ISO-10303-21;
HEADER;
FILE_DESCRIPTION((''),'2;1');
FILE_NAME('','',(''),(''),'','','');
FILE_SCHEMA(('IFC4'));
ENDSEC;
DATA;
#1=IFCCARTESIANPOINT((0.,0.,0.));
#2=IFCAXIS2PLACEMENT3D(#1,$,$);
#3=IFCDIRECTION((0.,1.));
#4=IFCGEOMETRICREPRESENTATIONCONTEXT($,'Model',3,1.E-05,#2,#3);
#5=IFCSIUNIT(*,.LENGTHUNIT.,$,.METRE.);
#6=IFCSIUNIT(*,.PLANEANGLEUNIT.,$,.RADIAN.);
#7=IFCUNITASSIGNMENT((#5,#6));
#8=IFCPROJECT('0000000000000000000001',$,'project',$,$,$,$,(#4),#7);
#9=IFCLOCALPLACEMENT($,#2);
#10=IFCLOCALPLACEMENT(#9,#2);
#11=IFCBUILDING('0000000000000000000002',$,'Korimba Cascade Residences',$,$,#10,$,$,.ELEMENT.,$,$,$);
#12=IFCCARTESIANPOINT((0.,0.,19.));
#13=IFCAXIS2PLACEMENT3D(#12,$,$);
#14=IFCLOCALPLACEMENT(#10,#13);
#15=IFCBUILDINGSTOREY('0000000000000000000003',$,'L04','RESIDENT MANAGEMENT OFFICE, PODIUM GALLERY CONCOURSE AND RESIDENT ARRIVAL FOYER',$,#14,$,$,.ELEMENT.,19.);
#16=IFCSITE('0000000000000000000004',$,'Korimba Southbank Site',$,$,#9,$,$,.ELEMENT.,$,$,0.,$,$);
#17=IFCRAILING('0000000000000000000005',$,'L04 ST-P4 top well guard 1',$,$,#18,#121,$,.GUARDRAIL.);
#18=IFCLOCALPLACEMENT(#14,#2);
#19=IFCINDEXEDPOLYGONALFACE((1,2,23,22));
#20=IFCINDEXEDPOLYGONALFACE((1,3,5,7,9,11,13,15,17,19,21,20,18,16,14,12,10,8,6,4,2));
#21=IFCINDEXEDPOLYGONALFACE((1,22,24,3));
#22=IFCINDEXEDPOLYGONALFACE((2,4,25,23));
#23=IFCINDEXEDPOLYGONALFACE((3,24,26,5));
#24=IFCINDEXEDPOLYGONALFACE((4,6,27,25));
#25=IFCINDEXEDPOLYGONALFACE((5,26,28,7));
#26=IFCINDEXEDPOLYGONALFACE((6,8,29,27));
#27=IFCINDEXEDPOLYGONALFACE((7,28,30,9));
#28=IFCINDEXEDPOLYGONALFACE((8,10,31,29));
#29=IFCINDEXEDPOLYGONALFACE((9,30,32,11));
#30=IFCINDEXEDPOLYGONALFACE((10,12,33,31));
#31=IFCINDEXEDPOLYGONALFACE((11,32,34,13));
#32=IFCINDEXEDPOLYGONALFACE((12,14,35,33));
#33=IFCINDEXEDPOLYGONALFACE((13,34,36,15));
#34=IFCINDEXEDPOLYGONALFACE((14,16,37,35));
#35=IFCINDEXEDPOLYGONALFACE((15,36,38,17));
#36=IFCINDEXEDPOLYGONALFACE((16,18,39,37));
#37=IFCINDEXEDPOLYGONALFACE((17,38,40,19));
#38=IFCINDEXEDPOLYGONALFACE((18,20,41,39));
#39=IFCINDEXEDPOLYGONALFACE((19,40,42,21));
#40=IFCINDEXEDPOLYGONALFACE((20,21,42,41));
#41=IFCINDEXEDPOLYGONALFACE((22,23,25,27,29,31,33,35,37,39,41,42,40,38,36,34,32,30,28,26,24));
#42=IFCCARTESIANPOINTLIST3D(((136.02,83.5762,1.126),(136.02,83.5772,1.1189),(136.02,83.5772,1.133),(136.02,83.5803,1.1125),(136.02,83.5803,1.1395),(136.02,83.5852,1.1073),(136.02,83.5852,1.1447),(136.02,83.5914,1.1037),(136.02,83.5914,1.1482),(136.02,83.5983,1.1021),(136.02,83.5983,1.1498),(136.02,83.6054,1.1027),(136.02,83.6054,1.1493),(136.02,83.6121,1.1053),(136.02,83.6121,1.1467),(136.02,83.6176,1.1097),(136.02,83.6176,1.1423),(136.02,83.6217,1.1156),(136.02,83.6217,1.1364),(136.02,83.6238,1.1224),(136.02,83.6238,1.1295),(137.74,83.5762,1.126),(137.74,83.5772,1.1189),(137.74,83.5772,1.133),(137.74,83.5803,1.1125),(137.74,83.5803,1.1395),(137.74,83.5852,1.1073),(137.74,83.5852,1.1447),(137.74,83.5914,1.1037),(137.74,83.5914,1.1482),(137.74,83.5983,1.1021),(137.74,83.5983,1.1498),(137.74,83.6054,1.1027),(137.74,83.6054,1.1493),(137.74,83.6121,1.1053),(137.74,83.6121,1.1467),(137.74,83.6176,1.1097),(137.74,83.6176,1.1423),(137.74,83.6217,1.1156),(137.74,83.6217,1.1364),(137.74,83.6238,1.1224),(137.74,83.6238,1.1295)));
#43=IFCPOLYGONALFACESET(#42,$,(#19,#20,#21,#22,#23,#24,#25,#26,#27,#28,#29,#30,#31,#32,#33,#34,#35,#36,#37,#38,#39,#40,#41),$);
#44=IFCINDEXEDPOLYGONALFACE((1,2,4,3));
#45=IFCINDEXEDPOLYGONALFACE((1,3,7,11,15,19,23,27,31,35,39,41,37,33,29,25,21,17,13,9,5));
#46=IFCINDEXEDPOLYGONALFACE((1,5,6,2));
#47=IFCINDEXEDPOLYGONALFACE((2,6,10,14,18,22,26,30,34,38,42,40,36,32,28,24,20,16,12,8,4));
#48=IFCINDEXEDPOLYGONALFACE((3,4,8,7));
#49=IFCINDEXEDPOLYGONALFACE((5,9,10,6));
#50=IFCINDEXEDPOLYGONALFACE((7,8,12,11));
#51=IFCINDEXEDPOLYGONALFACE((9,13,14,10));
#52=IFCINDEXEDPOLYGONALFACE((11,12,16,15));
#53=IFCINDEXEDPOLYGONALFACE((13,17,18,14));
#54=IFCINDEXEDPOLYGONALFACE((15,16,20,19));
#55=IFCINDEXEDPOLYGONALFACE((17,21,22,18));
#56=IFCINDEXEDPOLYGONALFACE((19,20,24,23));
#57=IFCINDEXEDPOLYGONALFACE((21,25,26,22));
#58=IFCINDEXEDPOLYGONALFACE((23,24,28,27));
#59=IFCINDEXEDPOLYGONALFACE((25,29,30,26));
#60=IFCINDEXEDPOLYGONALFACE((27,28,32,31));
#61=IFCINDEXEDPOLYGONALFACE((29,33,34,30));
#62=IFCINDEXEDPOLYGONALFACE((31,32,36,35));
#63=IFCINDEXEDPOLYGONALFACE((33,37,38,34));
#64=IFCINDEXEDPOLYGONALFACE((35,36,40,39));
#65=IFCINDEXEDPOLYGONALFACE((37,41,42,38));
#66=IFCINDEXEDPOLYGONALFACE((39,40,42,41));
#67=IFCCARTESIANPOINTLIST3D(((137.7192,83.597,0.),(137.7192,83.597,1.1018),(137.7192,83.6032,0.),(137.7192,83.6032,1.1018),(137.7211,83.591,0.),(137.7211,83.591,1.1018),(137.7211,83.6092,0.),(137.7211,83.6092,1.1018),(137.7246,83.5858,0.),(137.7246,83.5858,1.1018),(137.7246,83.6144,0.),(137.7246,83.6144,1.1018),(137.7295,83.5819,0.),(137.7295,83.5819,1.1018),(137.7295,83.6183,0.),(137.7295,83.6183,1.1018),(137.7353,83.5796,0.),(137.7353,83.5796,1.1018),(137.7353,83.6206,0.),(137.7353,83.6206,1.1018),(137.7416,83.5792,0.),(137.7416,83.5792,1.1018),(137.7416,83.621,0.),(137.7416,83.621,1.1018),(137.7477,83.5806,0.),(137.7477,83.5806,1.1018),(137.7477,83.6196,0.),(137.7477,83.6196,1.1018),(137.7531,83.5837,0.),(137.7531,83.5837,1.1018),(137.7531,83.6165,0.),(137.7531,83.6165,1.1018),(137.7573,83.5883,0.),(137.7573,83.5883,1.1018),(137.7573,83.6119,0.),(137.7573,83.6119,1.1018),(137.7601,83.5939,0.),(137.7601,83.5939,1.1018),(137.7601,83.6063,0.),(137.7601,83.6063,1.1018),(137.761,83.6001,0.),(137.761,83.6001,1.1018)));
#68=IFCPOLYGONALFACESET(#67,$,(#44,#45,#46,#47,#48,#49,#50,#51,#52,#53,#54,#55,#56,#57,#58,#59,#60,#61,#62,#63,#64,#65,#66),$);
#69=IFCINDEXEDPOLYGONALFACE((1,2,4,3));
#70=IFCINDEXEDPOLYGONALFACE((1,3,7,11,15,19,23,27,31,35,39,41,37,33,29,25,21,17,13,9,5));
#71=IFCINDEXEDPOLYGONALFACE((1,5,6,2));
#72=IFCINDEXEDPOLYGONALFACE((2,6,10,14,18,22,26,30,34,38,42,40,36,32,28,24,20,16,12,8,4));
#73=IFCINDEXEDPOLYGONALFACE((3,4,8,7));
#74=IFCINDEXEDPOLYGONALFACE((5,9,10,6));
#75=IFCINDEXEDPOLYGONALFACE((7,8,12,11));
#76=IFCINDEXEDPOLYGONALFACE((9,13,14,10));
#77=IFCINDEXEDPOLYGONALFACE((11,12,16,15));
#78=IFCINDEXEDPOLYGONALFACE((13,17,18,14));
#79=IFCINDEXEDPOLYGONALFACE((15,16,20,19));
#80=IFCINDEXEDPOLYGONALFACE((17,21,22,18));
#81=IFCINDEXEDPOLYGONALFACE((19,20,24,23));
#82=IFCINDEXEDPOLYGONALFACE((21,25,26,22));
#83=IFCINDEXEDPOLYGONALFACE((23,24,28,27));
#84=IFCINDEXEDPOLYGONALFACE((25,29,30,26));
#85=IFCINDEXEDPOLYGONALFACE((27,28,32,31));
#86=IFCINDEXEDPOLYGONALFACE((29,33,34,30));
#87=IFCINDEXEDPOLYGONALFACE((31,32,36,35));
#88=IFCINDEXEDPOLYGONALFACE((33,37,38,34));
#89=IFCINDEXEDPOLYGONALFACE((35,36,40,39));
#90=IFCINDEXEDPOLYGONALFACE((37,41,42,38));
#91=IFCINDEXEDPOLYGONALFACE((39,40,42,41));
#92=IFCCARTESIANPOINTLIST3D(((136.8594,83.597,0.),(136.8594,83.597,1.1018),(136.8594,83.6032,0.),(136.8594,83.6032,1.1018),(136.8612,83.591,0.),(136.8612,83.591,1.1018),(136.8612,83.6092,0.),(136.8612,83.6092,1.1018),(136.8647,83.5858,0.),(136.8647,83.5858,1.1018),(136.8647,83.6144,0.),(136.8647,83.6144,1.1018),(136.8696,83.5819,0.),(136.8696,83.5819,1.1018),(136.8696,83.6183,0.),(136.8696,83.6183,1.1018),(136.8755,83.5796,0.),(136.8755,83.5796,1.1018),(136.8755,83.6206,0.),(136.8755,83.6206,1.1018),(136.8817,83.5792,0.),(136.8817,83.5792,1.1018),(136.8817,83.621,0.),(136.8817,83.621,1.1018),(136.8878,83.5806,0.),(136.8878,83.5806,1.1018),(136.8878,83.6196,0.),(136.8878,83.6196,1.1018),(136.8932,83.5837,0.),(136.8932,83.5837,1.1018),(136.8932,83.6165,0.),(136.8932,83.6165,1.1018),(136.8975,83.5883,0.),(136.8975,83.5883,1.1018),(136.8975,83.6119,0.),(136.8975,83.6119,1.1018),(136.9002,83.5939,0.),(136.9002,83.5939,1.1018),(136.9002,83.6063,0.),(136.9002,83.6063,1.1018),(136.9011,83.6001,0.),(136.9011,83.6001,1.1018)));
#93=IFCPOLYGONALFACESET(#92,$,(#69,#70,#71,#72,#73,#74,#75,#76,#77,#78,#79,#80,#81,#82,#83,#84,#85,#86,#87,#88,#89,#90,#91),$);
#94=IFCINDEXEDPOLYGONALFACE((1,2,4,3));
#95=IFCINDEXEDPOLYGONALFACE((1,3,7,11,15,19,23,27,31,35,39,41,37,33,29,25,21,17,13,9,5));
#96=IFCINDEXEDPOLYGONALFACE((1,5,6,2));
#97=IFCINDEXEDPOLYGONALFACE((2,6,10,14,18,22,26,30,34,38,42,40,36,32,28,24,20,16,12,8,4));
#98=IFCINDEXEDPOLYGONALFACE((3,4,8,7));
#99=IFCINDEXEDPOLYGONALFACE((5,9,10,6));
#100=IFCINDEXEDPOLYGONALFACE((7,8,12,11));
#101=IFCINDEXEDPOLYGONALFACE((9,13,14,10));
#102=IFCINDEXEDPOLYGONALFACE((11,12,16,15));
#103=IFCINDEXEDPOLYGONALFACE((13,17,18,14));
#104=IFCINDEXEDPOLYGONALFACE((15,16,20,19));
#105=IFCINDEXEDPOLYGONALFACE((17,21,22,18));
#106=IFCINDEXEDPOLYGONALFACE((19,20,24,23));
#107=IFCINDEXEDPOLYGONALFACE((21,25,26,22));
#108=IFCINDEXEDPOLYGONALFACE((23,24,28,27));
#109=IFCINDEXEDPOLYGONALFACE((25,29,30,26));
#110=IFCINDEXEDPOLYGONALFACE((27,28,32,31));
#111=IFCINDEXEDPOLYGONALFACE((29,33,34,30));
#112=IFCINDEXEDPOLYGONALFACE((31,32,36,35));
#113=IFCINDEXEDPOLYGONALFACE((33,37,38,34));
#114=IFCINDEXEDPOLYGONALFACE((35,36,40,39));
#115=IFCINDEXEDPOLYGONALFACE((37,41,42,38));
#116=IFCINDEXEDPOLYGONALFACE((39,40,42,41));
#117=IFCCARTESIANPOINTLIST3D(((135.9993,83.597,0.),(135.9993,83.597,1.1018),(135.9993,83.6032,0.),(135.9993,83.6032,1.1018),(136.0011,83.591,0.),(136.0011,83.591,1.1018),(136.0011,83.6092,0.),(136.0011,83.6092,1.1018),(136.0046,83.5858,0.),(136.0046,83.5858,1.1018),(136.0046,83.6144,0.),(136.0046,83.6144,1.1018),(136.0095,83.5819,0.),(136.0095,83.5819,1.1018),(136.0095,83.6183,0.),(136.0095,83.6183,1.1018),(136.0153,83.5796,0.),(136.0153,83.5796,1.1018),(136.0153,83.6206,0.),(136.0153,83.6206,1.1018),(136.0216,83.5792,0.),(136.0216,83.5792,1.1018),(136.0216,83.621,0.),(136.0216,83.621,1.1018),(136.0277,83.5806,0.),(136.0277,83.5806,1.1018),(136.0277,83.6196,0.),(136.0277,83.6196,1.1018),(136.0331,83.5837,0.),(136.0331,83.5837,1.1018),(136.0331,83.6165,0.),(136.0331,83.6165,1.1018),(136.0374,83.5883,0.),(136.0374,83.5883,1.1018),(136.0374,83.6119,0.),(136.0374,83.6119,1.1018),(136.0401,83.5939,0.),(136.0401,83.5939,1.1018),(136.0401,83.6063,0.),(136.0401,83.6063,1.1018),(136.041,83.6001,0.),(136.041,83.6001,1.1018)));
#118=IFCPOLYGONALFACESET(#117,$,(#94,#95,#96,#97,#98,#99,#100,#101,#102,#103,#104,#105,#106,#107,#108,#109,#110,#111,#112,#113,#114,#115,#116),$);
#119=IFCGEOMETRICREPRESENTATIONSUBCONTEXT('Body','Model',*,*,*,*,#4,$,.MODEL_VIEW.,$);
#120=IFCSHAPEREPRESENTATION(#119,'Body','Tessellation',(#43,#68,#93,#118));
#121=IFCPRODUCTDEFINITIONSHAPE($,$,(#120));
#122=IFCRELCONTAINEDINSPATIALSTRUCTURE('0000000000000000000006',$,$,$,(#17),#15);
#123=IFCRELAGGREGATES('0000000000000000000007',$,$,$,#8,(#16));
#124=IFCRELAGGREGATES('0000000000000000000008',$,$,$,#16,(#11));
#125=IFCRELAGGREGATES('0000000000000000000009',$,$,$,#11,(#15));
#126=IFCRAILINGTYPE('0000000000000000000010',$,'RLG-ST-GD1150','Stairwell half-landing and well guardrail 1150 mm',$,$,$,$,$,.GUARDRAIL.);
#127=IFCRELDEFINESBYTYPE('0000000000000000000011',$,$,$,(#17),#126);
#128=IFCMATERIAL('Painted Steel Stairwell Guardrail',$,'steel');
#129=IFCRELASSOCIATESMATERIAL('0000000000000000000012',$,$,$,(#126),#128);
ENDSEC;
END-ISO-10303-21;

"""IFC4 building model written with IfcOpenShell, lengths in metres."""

from ifc_helpers import new_model, si_unit, direction, frame, origin, origin_2d, place, context, subcontext, project, spatial, circle, extrude, material, type_object, element, save


model = new_model("IFC4")

# Units and contexts
model_context = context("Model", 3, precision=1e-05, world=origin(), true_north=direction((0.0, 1.0)))
body_context = subcontext(model_context, "Body", "Model", "MODEL_VIEW")
ifc_project = project(units=[si_unit("LENGTHUNIT", "METRE"), si_unit("PLANEANGLEUNIT", "RADIAN")], contexts=[model_context])

# Site, building, storey
site_placement = place(None, origin())
site = spatial("IfcSite", under=ifc_project, at=site_placement, Name="Korimba Southbank Site", CompositionType="ELEMENT", RefElevation=0.0)
building_placement = place(site_placement, origin())
building = spatial("IfcBuilding", under=site, at=building_placement, Name="Korimba Cascade Residences", CompositionType="ELEMENT")
storey_placement = place(building_placement, frame((0.0, 0.0, 19.0)))
storey = spatial("IfcBuildingStorey", under=building, at=storey_placement, Name="L04", Description="RESIDENT MANAGEMENT OFFICE, PODIUM GALLERY CONCOURSE AND RESIDENT ARRIVAL FOYER", CompositionType="ELEMENT", Elevation=19.0)

# Railing
ifc_material_1 = material(Name="Painted Steel Stairwell Guardrail", Category="steel")
railing_type_1 = type_object("IfcRailingType", Name="RLG-ST-GD1150", Description="Stairwell half-landing and well guardrail 1150 mm", PredefinedType="GUARDRAIL", material=ifc_material_1)
railing_1_placement = place(storey_placement, frame((137.74, 83.6001, 0.0)))
element("IfcRailing", 1, at=railing_1_placement, inside=storey, type_object=railing_type_1, Name="L04 ST-P4 top well guard 1", PredefinedType="GUARDRAIL", context=body_context, shape_type="SweptSolid", body=[
    extrude(circle(Radius=0.0239, at=origin_2d()), frame((0.0, 0.0, 1.126), z_axis=(-1.0, 0.0, 0.0), x_axis=(0.0, -1.0, 0.0)), (0.0, 0.0, 1.0), 1.72),
    extrude(circle(Radius=0.021, at=origin_2d()), origin(), (0.0, 0.0, 1.0), 1.1018),
    extrude(circle(Radius=0.021, at=origin_2d()), frame((-0.8599, 0.0, 0.0)), (0.0, 0.0, 1.0), 1.1018),
    extrude(circle(Radius=0.021, at=origin_2d()), frame((-1.72, 0.0, 0.0)), (0.0, 0.0, 1.0), 1.1018),
])

save(model, "model.ifc")
